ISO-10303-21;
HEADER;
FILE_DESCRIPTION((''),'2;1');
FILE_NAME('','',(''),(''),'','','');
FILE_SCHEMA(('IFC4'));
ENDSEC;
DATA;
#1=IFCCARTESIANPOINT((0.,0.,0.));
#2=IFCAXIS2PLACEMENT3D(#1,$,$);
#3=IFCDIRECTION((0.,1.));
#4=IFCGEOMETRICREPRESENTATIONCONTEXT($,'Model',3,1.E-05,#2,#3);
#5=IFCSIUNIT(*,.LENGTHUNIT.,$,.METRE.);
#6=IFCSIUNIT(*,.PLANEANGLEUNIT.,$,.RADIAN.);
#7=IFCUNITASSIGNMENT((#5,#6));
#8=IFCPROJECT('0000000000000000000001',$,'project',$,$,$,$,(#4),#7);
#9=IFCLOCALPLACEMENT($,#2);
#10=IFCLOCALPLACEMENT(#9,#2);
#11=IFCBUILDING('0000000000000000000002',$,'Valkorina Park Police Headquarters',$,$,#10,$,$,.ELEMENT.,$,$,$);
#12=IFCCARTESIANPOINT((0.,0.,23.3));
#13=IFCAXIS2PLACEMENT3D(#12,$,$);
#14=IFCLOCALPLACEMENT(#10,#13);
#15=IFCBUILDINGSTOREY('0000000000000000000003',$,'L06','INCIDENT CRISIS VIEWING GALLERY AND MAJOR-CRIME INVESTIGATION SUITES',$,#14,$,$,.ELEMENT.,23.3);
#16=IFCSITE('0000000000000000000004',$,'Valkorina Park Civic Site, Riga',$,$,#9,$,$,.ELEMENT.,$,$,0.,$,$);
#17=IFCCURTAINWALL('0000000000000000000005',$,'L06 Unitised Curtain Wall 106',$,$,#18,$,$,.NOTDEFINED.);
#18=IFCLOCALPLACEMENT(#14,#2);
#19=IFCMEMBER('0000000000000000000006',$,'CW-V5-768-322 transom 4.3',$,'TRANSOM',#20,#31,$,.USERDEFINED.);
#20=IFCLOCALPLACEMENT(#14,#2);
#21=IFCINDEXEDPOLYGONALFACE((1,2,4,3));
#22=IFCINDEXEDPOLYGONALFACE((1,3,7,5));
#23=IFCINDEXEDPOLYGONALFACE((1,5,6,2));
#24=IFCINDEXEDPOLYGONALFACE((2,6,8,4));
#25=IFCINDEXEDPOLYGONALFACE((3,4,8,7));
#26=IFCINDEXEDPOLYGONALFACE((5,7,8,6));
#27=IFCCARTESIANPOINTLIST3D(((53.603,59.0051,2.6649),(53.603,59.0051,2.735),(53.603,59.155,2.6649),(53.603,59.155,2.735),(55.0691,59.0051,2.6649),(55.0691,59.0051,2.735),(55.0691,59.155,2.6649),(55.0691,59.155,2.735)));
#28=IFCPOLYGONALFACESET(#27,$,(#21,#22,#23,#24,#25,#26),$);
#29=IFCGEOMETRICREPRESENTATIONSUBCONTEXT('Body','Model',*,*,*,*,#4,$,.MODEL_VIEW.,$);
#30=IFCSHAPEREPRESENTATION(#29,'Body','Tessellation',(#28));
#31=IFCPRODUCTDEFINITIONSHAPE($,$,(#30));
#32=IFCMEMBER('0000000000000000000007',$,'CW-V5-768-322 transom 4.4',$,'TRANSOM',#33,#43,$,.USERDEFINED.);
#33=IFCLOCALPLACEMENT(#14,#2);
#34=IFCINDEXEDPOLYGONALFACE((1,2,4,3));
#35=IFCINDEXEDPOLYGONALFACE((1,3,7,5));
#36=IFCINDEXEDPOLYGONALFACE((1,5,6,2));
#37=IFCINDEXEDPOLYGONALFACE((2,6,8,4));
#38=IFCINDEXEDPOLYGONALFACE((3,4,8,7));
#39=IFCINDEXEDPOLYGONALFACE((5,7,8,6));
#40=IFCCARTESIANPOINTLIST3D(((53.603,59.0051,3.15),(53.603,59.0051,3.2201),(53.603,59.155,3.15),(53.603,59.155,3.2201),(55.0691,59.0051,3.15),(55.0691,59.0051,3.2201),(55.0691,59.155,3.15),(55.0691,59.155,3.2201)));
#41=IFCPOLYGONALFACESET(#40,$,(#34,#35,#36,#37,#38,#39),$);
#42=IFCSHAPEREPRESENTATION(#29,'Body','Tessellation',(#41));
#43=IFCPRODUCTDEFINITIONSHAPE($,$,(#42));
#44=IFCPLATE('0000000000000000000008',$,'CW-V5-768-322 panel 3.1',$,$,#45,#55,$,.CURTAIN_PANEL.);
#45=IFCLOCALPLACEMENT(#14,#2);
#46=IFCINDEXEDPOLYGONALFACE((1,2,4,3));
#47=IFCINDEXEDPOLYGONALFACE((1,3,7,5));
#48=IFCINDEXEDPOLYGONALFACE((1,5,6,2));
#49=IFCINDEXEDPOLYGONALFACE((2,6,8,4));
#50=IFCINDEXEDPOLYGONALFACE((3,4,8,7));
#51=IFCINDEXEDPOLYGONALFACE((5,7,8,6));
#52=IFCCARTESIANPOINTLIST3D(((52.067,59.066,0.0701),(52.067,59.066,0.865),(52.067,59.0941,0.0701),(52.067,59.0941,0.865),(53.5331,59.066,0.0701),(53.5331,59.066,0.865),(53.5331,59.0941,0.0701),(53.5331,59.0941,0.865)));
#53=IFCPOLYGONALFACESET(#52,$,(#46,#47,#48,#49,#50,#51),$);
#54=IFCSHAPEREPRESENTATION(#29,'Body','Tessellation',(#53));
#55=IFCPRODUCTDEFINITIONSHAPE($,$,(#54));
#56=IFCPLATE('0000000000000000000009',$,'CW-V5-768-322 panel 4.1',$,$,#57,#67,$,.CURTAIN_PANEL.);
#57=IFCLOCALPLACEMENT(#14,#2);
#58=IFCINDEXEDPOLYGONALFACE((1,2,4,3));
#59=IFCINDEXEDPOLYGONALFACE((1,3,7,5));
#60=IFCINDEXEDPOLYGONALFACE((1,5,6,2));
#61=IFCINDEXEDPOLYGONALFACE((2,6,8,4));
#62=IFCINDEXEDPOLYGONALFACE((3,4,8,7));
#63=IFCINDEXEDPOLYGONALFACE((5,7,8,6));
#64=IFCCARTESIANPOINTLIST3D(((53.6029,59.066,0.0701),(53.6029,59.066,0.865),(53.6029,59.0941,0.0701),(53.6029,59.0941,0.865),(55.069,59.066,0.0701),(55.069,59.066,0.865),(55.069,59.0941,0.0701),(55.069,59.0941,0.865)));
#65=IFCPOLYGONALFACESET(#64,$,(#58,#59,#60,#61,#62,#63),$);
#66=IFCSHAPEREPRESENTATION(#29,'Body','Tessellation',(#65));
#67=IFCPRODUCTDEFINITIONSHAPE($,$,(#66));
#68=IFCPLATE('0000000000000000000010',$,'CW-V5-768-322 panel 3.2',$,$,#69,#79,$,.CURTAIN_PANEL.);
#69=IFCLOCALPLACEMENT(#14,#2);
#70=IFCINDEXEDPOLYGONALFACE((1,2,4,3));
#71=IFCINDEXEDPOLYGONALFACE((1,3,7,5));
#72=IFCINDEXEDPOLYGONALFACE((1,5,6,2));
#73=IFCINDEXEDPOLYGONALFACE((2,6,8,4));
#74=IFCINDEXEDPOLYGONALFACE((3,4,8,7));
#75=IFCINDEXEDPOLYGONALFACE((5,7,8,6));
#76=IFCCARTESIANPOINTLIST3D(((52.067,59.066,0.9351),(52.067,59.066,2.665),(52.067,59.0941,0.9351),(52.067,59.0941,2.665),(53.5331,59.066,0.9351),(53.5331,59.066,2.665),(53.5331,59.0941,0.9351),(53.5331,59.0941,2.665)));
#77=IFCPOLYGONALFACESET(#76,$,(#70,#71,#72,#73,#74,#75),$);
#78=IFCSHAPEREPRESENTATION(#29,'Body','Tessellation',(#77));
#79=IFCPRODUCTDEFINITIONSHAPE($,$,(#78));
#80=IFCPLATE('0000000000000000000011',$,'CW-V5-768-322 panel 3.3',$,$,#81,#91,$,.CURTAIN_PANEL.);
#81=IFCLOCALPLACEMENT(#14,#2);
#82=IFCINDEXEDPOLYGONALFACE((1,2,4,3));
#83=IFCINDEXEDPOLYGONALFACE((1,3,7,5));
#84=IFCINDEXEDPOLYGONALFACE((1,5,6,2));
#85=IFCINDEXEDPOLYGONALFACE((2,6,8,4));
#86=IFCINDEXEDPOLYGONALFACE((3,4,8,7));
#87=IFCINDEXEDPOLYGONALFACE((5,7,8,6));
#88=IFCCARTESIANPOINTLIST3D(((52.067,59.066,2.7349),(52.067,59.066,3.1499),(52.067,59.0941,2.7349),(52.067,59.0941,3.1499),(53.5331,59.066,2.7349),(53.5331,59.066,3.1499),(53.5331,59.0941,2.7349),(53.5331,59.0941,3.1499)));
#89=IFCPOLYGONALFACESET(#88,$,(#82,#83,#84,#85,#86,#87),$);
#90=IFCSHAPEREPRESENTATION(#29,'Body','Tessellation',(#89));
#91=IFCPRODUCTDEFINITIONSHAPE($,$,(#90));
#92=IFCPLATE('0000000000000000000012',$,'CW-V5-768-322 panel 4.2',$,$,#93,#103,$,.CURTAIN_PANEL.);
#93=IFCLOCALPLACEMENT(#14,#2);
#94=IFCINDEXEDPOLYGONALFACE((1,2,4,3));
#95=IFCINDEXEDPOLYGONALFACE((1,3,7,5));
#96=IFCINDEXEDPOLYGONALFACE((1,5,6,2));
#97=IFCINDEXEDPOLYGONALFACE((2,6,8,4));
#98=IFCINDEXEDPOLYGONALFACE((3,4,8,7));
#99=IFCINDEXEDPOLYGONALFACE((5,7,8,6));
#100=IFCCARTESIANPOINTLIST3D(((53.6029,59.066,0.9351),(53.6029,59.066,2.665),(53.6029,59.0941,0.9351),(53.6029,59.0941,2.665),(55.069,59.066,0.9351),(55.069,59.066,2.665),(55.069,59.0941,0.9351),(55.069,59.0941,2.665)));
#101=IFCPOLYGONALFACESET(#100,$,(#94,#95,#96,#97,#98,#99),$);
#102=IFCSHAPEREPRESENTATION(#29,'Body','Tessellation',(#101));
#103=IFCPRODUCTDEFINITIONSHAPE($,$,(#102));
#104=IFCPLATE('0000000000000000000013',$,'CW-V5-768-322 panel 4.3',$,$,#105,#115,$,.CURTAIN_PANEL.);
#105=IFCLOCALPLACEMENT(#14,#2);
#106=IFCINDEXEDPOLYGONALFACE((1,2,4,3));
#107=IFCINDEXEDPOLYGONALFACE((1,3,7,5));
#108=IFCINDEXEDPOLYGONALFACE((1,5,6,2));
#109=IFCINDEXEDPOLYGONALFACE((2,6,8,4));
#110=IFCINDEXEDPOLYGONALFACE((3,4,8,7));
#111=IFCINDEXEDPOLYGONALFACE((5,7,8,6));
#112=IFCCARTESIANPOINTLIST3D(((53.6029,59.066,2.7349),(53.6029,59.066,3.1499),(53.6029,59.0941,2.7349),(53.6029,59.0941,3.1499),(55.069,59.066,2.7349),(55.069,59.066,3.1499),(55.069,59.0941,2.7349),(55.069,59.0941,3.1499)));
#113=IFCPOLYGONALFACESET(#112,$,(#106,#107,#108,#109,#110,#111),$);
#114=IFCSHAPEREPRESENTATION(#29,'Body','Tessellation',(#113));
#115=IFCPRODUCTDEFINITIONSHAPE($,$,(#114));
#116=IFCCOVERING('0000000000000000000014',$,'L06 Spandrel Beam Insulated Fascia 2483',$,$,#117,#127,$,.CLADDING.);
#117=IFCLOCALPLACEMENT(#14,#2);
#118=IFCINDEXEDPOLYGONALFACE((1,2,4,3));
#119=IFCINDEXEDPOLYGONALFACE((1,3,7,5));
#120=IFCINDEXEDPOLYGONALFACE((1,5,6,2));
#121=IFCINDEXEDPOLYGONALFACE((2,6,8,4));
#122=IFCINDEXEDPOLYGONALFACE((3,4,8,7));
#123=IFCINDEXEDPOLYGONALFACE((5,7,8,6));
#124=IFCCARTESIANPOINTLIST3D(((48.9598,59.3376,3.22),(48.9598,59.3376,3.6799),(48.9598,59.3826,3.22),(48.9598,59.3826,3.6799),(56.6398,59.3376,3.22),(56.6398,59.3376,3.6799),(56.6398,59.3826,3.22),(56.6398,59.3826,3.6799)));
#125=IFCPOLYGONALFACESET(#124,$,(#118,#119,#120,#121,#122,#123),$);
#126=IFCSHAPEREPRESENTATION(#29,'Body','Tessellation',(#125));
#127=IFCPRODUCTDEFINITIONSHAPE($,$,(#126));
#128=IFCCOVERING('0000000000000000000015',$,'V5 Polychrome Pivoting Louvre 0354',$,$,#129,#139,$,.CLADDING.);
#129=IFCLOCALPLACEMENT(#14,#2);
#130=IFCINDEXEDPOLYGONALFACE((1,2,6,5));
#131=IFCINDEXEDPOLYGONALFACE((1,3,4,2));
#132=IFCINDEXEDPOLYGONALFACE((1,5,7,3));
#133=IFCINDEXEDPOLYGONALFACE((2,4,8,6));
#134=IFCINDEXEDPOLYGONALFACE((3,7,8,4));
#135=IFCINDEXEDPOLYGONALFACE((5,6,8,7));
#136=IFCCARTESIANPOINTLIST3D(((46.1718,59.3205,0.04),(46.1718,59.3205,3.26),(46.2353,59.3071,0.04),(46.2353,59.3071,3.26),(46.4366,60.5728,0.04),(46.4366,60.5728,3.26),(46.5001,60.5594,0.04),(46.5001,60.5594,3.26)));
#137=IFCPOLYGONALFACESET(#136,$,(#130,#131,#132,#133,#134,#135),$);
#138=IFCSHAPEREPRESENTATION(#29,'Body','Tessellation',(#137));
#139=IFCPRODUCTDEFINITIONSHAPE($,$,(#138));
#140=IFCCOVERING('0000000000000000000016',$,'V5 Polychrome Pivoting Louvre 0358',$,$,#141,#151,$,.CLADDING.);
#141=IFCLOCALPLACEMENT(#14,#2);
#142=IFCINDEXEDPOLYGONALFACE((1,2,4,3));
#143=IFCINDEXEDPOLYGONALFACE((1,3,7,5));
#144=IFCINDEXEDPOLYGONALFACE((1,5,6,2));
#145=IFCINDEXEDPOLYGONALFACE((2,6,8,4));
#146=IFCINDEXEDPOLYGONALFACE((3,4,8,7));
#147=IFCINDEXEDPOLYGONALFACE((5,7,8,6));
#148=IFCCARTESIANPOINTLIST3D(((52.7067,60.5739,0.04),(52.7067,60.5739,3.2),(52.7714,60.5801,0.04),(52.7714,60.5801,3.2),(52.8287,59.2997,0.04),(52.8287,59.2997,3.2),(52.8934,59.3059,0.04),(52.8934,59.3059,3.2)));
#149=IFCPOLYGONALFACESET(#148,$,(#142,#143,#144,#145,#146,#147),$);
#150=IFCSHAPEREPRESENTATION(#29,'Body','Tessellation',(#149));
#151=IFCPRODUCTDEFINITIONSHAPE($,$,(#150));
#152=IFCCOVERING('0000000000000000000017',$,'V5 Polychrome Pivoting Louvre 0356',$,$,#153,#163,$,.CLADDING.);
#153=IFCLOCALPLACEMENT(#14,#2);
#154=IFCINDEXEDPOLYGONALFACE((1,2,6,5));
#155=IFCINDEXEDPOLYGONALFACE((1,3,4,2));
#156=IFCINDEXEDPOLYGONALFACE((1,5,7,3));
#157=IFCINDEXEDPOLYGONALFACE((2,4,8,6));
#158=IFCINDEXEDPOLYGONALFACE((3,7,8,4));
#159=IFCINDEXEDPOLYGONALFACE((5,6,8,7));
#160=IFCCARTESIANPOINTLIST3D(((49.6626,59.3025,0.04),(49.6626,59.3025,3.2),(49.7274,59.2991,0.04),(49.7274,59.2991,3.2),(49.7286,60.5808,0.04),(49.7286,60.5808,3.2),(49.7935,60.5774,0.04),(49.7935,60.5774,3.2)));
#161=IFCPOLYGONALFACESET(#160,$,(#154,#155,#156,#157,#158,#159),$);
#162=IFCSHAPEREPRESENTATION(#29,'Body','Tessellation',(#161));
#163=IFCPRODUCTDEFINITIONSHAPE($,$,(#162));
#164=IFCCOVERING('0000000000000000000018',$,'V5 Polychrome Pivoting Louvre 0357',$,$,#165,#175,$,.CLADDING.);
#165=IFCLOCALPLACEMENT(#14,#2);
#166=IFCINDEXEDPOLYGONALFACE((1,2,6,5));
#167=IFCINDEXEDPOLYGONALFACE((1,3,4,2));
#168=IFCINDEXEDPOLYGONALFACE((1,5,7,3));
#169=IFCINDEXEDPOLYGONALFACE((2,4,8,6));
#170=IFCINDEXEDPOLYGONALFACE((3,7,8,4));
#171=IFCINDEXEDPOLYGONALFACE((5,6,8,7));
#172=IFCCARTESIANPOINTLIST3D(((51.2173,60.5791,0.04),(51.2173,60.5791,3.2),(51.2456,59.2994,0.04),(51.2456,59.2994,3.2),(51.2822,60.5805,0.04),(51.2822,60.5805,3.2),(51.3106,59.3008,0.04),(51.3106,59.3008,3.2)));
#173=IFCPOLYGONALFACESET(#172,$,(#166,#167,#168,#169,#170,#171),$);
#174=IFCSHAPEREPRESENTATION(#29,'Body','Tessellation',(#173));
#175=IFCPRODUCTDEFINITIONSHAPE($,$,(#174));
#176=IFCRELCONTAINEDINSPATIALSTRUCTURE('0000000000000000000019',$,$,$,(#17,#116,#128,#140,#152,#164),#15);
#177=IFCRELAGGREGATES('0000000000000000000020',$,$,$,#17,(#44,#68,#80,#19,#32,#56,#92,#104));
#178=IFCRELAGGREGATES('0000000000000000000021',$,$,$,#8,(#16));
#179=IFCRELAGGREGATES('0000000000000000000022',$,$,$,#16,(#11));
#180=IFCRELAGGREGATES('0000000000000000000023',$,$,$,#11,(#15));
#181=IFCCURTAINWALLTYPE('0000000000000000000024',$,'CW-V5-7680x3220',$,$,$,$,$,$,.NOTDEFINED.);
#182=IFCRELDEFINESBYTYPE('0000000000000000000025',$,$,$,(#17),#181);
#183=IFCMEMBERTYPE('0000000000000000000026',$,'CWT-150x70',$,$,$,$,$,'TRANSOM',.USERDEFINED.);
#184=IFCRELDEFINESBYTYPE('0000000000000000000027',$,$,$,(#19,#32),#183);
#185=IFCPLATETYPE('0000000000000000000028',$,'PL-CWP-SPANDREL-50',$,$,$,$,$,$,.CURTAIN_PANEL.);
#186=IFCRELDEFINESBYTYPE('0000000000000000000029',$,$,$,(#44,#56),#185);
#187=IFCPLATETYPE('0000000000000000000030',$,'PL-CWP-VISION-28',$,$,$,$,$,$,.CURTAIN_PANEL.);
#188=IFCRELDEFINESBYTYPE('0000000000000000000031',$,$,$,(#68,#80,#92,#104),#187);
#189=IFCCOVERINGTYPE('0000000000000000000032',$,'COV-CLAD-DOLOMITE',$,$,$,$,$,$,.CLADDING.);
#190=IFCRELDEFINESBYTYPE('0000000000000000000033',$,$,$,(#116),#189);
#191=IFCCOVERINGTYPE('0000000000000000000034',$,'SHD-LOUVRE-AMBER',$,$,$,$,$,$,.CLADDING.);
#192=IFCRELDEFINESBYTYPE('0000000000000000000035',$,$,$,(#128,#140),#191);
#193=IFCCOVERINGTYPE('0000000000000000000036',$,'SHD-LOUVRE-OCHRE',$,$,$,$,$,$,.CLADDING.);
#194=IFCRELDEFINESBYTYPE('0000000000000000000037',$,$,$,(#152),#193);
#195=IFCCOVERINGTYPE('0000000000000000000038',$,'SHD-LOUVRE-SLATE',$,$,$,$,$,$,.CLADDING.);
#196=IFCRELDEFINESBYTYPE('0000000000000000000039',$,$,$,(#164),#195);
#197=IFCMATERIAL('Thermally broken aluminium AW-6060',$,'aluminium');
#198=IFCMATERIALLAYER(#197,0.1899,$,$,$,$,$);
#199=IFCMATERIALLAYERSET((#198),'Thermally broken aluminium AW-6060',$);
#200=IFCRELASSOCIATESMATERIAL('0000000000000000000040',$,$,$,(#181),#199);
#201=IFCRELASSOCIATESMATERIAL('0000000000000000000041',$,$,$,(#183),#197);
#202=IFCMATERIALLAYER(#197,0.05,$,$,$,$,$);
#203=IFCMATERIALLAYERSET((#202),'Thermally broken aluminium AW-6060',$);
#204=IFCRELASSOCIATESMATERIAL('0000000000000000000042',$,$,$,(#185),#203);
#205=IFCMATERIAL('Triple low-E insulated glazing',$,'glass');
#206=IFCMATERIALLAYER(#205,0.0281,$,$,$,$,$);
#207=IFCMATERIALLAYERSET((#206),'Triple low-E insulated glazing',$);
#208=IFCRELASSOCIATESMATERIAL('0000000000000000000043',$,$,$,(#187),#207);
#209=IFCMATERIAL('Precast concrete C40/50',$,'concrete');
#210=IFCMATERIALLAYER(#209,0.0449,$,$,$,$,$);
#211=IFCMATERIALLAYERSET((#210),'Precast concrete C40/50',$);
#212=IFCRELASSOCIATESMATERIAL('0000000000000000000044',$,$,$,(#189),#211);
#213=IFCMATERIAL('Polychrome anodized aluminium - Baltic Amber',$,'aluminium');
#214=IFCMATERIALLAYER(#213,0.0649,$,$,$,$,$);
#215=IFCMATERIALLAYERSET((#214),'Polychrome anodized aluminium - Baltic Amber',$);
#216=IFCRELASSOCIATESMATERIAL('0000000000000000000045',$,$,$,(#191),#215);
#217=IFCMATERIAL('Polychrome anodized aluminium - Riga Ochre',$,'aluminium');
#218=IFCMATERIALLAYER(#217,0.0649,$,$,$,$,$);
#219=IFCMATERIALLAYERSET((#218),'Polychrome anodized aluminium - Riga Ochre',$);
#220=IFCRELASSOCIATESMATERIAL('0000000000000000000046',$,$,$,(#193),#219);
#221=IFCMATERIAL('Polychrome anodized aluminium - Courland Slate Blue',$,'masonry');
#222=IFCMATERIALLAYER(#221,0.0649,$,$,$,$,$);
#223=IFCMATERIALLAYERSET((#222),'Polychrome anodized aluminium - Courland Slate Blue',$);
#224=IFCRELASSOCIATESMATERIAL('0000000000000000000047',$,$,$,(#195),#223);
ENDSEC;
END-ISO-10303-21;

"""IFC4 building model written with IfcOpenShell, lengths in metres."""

from ifc_helpers import new_model, si_unit, direction, frame, frame_2d, origin, origin_2d, place, context, subcontext, project, spatial, rectangle, extrude, material, layer, layer_set, material_profile, profile_set, type_object, element, aggregate, save


model = new_model("IFC4")

# Units and contexts
model_context = context("Model", 3, precision=1e-05, world=origin(), true_north=direction((0.0, 1.0)))
body_context = subcontext(model_context, "Body", "Model", "MODEL_VIEW")
ifc_project = project(units=[si_unit("LENGTHUNIT", "METRE"), si_unit("PLANEANGLEUNIT", "RADIAN")], contexts=[model_context])

# Site, building, storey
site_placement = place(None, origin())
site = spatial("IfcSite", under=ifc_project, at=site_placement, Name="Valkorina Park Civic Site, Riga", CompositionType="ELEMENT", RefElevation=0.0)
building_placement = place(site_placement, origin())
building = spatial("IfcBuilding", under=site, at=building_placement, Name="Valkorina Park Police Headquarters", CompositionType="ELEMENT")
storey_placement = place(building_placement, frame((0.0, 0.0, 23.3)))
storey = spatial("IfcBuildingStorey", under=building, at=storey_placement, Name="L06", Description="INCIDENT CRISIS VIEWING GALLERY AND MAJOR-CRIME INVESTIGATION SUITES", CompositionType="ELEMENT", Elevation=23.3)

# Curtain wall, members, plates
ifc_material_1 = material(Name="Thermally broken aluminium AW-6060", Category="aluminium")
ifc_layer_1 = layer(ifc_material_1, 0.1899)
ifc_layer_set_1 = layer_set([ifc_layer_1], Name="Thermally broken aluminium AW-6060")
curtain_wall_type = type_object("IfcCurtainWallType", Name="CW-V5-7680x3220", PredefinedType="NOTDEFINED", material=ifc_layer_set_1)
curtain_wall_placement = place(storey_placement, origin())
curtain_wall = element("IfcCurtainWall", 1, at=curtain_wall_placement, inside=storey, type_object=curtain_wall_type, Name="L06 Unitised Curtain Wall 106", PredefinedType="NOTDEFINED")
ifc_material_profile_1 = material_profile(ifc_material_1, rectangle(XDim=0.1499, YDim=0.0701, at=origin_2d()), Name="CWT-02 150x70")
ifc_profile_set_1 = profile_set([ifc_material_profile_1], Name="Thermally broken aluminium AW-6060")
member_type_1 = type_object("IfcMemberType", Name="CWT-150x70", ElementType="TRANSOM", PredefinedType="USERDEFINED", material=ifc_profile_set_1)
member_1_placement = place(storey_placement, frame((53.603, 59.0801, 2.7), z_axis=(1.0, 0.0, 0.0), x_axis=(0.0, 1.0, 0.0)))
member_1 = element("IfcMember", 2, at=member_1_placement, type_object=member_type_1, Name="CW-V5-768-322 transom 4.3", ObjectType="TRANSOM", PredefinedType="USERDEFINED", context=body_context, shape_type="SweptSolid", body=[
    extrude(rectangle(XDim=0.1499, YDim=0.0701, at=origin_2d()), origin(), (0.0, 0.0, 1.0), 1.4661),
])
member_2_placement = place(storey_placement, frame((53.603, 59.0801, 3.1851), z_axis=(1.0, 0.0, 0.0), x_axis=(0.0, 1.0, 0.0)))
member_2 = element("IfcMember", 3, at=member_2_placement, type_object=member_type_1, Name="CW-V5-768-322 transom 4.4", ObjectType="TRANSOM", PredefinedType="USERDEFINED", context=body_context, shape_type="SweptSolid", body=[
    extrude(rectangle(XDim=0.1499, YDim=0.0701, at=origin_2d()), origin(), (0.0, 0.0, 1.0), 1.4661),
])
ifc_layer_2 = layer(ifc_material_1, 0.05)
ifc_layer_set_2 = layer_set([ifc_layer_2], Name="Thermally broken aluminium AW-6060")
plate_type_1 = type_object("IfcPlateType", Name="PL-CWP-SPANDREL-50", PredefinedType="CURTAIN_PANEL", material=ifc_layer_set_2)
plate_1_placement = place(storey_placement, frame((52.8, 59.0801, 0.0701), z_axis=(0.0, 0.0, 1.0), x_axis=(1.0, 0.0, 0.0)))
plate_1 = element("IfcPlate", 4, at=plate_1_placement, type_object=plate_type_1, Name="CW-V5-768-322 panel 3.1", PredefinedType="CURTAIN_PANEL", context=body_context, shape_type="SweptSolid", body=[
    extrude(rectangle(XDim=1.4661, YDim=0.0281, at=origin_2d()), origin(), (0.0, 0.0, 1.0), 0.7949),
])
plate_2_placement = place(storey_placement, frame((54.3359, 59.0801, 0.0701), z_axis=(0.0, 0.0, 1.0), x_axis=(1.0, 0.0, 0.0)))
plate_2 = element("IfcPlate", 5, at=plate_2_placement, type_object=plate_type_1, Name="CW-V5-768-322 panel 4.1", PredefinedType="CURTAIN_PANEL", context=body_context, shape_type="SweptSolid", body=[
    extrude(rectangle(XDim=1.4661, YDim=0.0281, at=origin_2d()), origin(), (0.0, 0.0, 1.0), 0.7949),
])
ifc_material_2 = material(Name="Triple low-E insulated glazing", Category="glass")
ifc_layer_3 = layer(ifc_material_2, 0.0281)
ifc_layer_set_3 = layer_set([ifc_layer_3], Name="Triple low-E insulated glazing")
plate_type_2 = type_object("IfcPlateType", Name="PL-CWP-VISION-28", PredefinedType="CURTAIN_PANEL", material=ifc_layer_set_3)
plate_3_placement = place(storey_placement, frame((52.8, 59.0801, 0.9351), z_axis=(0.0, 0.0, 1.0), x_axis=(1.0, 0.0, 0.0)))
plate_3 = element("IfcPlate", 6, at=plate_3_placement, type_object=plate_type_2, Name="CW-V5-768-322 panel 3.2", PredefinedType="CURTAIN_PANEL", context=body_context, shape_type="SweptSolid", body=[
    extrude(rectangle(XDim=1.4661, YDim=0.0281, at=origin_2d()), origin(), (0.0, 0.0, 1.0), 1.73),
])
plate_4_placement = place(storey_placement, frame((52.8, 59.0801, 2.7349), z_axis=(0.0, 0.0, 1.0), x_axis=(1.0, 0.0, 0.0)))
plate_4 = element("IfcPlate", 7, at=plate_4_placement, type_object=plate_type_2, Name="CW-V5-768-322 panel 3.3", PredefinedType="CURTAIN_PANEL", context=body_context, shape_type="SweptSolid", body=[
    extrude(rectangle(XDim=1.4661, YDim=0.0281, at=origin_2d()), origin(), (0.0, 0.0, 1.0), 0.415),
])
plate_5_placement = place(storey_placement, frame((54.3359, 59.0801, 0.9351), z_axis=(0.0, 0.0, 1.0), x_axis=(1.0, 0.0, 0.0)))
plate_5 = element("IfcPlate", 8, at=plate_5_placement, type_object=plate_type_2, Name="CW-V5-768-322 panel 4.2", PredefinedType="CURTAIN_PANEL", context=body_context, shape_type="SweptSolid", body=[
    extrude(rectangle(XDim=1.4661, YDim=0.0281, at=origin_2d()), origin(), (0.0, 0.0, 1.0), 1.73),
])
plate_6_placement = place(storey_placement, frame((54.3359, 59.0801, 2.7349), z_axis=(0.0, 0.0, 1.0), x_axis=(1.0, 0.0, 0.0)))
plate_6 = element("IfcPlate", 9, at=plate_6_placement, type_object=plate_type_2, Name="CW-V5-768-322 panel 4.3", PredefinedType="CURTAIN_PANEL", context=body_context, shape_type="SweptSolid", body=[
    extrude(rectangle(XDim=1.4661, YDim=0.0281, at=origin_2d()), origin(), (0.0, 0.0, 1.0), 0.415),
])
aggregate(curtain_wall, [plate_1, plate_3, plate_4, member_1, member_2, plate_2, plate_5, plate_6])

# Coverings
ifc_material_3 = material(Name="Precast concrete C40/50", Category="concrete")
ifc_layer_4 = layer(ifc_material_3, 0.0449)
ifc_layer_set_4 = layer_set([ifc_layer_4], Name="Precast concrete C40/50")
covering_type_1 = type_object("IfcCoveringType", Name="COV-CLAD-DOLOMITE", PredefinedType="CLADDING", material=ifc_layer_set_4)
covering_1_placement = place(storey_placement, frame((48.96, 59.3601, 3.22), z_axis=(0.0, 0.0, 1.0), x_axis=(1.0, 0.0, 0.0)))
element("IfcCovering", 10, at=covering_1_placement, inside=storey, type_object=covering_type_1, Name="L06 Spandrel Beam Insulated Fascia 2483", PredefinedType="CLADDING", context=body_context, shape_type="SweptSolid", body=[
    extrude(rectangle(XDim=7.6799, YDim=0.0449, at=frame_2d((3.8398, 0.0))), origin(), (0.0, 0.0, 1.0), 0.46),
])
ifc_material_4 = material(Name="Polychrome anodized aluminium - Baltic Amber", Category="aluminium")
ifc_layer_5 = layer(ifc_material_4, 0.0649)
ifc_layer_set_5 = layer_set([ifc_layer_5], Name="Polychrome anodized aluminium - Baltic Amber")
covering_type_2 = type_object("IfcCoveringType", Name="SHD-LOUVRE-AMBER", PredefinedType="CLADDING", material=ifc_layer_set_5)
covering_2_placement = place(storey_placement, frame((46.3359, 59.9399, 0.04), z_axis=(0.0, 0.0, 1.0), x_axis=(0.206887, 0.978365, 0.0)))
element("IfcCovering", 11, at=covering_2_placement, inside=storey, type_object=covering_type_2, Name="V5 Polychrome Pivoting Louvre 0354", PredefinedType="CLADDING", context=body_context, shape_type="SweptSolid", body=[
    extrude(rectangle(XDim=1.28, YDim=0.0649, at=origin_2d()), origin(), (0.0, 0.0, 1.0), 3.22),
])
covering_3_placement = place(storey_placement, frame((52.8, 59.9399, 0.04), z_axis=(0.0, 0.0, 1.0), x_axis=(-0.095325, 0.995446, 0.0)))
element("IfcCovering", 12, at=covering_3_placement, inside=storey, type_object=covering_type_2, Name="V5 Polychrome Pivoting Louvre 0358", PredefinedType="CLADDING", context=body_context, shape_type="SweptSolid", body=[
    extrude(rectangle(XDim=1.28, YDim=0.0649, at=origin_2d()), origin(), (0.0, 0.0, 1.0), 3.1599),
])
ifc_material_5 = material(Name="Polychrome anodized aluminium - Riga Ochre", Category="aluminium")
ifc_layer_6 = layer(ifc_material_5, 0.0649)
ifc_layer_set_6 = layer_set([ifc_layer_6], Name="Polychrome anodized aluminium - Riga Ochre")
covering_type_3 = type_object("IfcCoveringType", Name="SHD-LOUVRE-OCHRE", PredefinedType="CLADDING", material=ifc_layer_set_6)
covering_4_placement = place(storey_placement, frame((49.728, 59.9399, 0.04), z_axis=(0.0, 0.0, 1.0), x_axis=(0.051639, 0.998666, 0.0)))
element("IfcCovering", 13, at=covering_4_placement, inside=storey, type_object=covering_type_3, Name="V5 Polychrome Pivoting Louvre 0356", PredefinedType="CLADDING", context=body_context, shape_type="SweptSolid", body=[
    extrude(rectangle(XDim=1.28, YDim=0.0649, at=origin_2d()), origin(), (0.0, 0.0, 1.0), 3.1599),
])
ifc_material_6 = material(Name="Polychrome anodized aluminium - Courland Slate Blue", Category="masonry")
ifc_layer_7 = layer(ifc_material_6, 0.0649)
ifc_layer_set_7 = layer_set([ifc_layer_7], Name="Polychrome anodized aluminium - Courland Slate Blue")
covering_type_4 = type_object("IfcCoveringType", Name="SHD-LOUVRE-SLATE", PredefinedType="CLADDING", material=ifc_layer_set_7)
covering_5_placement = place(storey_placement, frame((51.2639, 59.9399, 0.04), z_axis=(0.0, 0.0, 1.0), x_axis=(-0.022164, 0.999754, 0.0)))
element("IfcCovering", 14, at=covering_5_placement, inside=storey, type_object=covering_type_4, Name="V5 Polychrome Pivoting Louvre 0357", PredefinedType="CLADDING", context=body_context, shape_type="SweptSolid", body=[
    extrude(rectangle(XDim=1.28, YDim=0.0649, at=origin_2d()), origin(), (0.0, 0.0, 1.0), 3.1599),
])

save(model, "model.ifc")
